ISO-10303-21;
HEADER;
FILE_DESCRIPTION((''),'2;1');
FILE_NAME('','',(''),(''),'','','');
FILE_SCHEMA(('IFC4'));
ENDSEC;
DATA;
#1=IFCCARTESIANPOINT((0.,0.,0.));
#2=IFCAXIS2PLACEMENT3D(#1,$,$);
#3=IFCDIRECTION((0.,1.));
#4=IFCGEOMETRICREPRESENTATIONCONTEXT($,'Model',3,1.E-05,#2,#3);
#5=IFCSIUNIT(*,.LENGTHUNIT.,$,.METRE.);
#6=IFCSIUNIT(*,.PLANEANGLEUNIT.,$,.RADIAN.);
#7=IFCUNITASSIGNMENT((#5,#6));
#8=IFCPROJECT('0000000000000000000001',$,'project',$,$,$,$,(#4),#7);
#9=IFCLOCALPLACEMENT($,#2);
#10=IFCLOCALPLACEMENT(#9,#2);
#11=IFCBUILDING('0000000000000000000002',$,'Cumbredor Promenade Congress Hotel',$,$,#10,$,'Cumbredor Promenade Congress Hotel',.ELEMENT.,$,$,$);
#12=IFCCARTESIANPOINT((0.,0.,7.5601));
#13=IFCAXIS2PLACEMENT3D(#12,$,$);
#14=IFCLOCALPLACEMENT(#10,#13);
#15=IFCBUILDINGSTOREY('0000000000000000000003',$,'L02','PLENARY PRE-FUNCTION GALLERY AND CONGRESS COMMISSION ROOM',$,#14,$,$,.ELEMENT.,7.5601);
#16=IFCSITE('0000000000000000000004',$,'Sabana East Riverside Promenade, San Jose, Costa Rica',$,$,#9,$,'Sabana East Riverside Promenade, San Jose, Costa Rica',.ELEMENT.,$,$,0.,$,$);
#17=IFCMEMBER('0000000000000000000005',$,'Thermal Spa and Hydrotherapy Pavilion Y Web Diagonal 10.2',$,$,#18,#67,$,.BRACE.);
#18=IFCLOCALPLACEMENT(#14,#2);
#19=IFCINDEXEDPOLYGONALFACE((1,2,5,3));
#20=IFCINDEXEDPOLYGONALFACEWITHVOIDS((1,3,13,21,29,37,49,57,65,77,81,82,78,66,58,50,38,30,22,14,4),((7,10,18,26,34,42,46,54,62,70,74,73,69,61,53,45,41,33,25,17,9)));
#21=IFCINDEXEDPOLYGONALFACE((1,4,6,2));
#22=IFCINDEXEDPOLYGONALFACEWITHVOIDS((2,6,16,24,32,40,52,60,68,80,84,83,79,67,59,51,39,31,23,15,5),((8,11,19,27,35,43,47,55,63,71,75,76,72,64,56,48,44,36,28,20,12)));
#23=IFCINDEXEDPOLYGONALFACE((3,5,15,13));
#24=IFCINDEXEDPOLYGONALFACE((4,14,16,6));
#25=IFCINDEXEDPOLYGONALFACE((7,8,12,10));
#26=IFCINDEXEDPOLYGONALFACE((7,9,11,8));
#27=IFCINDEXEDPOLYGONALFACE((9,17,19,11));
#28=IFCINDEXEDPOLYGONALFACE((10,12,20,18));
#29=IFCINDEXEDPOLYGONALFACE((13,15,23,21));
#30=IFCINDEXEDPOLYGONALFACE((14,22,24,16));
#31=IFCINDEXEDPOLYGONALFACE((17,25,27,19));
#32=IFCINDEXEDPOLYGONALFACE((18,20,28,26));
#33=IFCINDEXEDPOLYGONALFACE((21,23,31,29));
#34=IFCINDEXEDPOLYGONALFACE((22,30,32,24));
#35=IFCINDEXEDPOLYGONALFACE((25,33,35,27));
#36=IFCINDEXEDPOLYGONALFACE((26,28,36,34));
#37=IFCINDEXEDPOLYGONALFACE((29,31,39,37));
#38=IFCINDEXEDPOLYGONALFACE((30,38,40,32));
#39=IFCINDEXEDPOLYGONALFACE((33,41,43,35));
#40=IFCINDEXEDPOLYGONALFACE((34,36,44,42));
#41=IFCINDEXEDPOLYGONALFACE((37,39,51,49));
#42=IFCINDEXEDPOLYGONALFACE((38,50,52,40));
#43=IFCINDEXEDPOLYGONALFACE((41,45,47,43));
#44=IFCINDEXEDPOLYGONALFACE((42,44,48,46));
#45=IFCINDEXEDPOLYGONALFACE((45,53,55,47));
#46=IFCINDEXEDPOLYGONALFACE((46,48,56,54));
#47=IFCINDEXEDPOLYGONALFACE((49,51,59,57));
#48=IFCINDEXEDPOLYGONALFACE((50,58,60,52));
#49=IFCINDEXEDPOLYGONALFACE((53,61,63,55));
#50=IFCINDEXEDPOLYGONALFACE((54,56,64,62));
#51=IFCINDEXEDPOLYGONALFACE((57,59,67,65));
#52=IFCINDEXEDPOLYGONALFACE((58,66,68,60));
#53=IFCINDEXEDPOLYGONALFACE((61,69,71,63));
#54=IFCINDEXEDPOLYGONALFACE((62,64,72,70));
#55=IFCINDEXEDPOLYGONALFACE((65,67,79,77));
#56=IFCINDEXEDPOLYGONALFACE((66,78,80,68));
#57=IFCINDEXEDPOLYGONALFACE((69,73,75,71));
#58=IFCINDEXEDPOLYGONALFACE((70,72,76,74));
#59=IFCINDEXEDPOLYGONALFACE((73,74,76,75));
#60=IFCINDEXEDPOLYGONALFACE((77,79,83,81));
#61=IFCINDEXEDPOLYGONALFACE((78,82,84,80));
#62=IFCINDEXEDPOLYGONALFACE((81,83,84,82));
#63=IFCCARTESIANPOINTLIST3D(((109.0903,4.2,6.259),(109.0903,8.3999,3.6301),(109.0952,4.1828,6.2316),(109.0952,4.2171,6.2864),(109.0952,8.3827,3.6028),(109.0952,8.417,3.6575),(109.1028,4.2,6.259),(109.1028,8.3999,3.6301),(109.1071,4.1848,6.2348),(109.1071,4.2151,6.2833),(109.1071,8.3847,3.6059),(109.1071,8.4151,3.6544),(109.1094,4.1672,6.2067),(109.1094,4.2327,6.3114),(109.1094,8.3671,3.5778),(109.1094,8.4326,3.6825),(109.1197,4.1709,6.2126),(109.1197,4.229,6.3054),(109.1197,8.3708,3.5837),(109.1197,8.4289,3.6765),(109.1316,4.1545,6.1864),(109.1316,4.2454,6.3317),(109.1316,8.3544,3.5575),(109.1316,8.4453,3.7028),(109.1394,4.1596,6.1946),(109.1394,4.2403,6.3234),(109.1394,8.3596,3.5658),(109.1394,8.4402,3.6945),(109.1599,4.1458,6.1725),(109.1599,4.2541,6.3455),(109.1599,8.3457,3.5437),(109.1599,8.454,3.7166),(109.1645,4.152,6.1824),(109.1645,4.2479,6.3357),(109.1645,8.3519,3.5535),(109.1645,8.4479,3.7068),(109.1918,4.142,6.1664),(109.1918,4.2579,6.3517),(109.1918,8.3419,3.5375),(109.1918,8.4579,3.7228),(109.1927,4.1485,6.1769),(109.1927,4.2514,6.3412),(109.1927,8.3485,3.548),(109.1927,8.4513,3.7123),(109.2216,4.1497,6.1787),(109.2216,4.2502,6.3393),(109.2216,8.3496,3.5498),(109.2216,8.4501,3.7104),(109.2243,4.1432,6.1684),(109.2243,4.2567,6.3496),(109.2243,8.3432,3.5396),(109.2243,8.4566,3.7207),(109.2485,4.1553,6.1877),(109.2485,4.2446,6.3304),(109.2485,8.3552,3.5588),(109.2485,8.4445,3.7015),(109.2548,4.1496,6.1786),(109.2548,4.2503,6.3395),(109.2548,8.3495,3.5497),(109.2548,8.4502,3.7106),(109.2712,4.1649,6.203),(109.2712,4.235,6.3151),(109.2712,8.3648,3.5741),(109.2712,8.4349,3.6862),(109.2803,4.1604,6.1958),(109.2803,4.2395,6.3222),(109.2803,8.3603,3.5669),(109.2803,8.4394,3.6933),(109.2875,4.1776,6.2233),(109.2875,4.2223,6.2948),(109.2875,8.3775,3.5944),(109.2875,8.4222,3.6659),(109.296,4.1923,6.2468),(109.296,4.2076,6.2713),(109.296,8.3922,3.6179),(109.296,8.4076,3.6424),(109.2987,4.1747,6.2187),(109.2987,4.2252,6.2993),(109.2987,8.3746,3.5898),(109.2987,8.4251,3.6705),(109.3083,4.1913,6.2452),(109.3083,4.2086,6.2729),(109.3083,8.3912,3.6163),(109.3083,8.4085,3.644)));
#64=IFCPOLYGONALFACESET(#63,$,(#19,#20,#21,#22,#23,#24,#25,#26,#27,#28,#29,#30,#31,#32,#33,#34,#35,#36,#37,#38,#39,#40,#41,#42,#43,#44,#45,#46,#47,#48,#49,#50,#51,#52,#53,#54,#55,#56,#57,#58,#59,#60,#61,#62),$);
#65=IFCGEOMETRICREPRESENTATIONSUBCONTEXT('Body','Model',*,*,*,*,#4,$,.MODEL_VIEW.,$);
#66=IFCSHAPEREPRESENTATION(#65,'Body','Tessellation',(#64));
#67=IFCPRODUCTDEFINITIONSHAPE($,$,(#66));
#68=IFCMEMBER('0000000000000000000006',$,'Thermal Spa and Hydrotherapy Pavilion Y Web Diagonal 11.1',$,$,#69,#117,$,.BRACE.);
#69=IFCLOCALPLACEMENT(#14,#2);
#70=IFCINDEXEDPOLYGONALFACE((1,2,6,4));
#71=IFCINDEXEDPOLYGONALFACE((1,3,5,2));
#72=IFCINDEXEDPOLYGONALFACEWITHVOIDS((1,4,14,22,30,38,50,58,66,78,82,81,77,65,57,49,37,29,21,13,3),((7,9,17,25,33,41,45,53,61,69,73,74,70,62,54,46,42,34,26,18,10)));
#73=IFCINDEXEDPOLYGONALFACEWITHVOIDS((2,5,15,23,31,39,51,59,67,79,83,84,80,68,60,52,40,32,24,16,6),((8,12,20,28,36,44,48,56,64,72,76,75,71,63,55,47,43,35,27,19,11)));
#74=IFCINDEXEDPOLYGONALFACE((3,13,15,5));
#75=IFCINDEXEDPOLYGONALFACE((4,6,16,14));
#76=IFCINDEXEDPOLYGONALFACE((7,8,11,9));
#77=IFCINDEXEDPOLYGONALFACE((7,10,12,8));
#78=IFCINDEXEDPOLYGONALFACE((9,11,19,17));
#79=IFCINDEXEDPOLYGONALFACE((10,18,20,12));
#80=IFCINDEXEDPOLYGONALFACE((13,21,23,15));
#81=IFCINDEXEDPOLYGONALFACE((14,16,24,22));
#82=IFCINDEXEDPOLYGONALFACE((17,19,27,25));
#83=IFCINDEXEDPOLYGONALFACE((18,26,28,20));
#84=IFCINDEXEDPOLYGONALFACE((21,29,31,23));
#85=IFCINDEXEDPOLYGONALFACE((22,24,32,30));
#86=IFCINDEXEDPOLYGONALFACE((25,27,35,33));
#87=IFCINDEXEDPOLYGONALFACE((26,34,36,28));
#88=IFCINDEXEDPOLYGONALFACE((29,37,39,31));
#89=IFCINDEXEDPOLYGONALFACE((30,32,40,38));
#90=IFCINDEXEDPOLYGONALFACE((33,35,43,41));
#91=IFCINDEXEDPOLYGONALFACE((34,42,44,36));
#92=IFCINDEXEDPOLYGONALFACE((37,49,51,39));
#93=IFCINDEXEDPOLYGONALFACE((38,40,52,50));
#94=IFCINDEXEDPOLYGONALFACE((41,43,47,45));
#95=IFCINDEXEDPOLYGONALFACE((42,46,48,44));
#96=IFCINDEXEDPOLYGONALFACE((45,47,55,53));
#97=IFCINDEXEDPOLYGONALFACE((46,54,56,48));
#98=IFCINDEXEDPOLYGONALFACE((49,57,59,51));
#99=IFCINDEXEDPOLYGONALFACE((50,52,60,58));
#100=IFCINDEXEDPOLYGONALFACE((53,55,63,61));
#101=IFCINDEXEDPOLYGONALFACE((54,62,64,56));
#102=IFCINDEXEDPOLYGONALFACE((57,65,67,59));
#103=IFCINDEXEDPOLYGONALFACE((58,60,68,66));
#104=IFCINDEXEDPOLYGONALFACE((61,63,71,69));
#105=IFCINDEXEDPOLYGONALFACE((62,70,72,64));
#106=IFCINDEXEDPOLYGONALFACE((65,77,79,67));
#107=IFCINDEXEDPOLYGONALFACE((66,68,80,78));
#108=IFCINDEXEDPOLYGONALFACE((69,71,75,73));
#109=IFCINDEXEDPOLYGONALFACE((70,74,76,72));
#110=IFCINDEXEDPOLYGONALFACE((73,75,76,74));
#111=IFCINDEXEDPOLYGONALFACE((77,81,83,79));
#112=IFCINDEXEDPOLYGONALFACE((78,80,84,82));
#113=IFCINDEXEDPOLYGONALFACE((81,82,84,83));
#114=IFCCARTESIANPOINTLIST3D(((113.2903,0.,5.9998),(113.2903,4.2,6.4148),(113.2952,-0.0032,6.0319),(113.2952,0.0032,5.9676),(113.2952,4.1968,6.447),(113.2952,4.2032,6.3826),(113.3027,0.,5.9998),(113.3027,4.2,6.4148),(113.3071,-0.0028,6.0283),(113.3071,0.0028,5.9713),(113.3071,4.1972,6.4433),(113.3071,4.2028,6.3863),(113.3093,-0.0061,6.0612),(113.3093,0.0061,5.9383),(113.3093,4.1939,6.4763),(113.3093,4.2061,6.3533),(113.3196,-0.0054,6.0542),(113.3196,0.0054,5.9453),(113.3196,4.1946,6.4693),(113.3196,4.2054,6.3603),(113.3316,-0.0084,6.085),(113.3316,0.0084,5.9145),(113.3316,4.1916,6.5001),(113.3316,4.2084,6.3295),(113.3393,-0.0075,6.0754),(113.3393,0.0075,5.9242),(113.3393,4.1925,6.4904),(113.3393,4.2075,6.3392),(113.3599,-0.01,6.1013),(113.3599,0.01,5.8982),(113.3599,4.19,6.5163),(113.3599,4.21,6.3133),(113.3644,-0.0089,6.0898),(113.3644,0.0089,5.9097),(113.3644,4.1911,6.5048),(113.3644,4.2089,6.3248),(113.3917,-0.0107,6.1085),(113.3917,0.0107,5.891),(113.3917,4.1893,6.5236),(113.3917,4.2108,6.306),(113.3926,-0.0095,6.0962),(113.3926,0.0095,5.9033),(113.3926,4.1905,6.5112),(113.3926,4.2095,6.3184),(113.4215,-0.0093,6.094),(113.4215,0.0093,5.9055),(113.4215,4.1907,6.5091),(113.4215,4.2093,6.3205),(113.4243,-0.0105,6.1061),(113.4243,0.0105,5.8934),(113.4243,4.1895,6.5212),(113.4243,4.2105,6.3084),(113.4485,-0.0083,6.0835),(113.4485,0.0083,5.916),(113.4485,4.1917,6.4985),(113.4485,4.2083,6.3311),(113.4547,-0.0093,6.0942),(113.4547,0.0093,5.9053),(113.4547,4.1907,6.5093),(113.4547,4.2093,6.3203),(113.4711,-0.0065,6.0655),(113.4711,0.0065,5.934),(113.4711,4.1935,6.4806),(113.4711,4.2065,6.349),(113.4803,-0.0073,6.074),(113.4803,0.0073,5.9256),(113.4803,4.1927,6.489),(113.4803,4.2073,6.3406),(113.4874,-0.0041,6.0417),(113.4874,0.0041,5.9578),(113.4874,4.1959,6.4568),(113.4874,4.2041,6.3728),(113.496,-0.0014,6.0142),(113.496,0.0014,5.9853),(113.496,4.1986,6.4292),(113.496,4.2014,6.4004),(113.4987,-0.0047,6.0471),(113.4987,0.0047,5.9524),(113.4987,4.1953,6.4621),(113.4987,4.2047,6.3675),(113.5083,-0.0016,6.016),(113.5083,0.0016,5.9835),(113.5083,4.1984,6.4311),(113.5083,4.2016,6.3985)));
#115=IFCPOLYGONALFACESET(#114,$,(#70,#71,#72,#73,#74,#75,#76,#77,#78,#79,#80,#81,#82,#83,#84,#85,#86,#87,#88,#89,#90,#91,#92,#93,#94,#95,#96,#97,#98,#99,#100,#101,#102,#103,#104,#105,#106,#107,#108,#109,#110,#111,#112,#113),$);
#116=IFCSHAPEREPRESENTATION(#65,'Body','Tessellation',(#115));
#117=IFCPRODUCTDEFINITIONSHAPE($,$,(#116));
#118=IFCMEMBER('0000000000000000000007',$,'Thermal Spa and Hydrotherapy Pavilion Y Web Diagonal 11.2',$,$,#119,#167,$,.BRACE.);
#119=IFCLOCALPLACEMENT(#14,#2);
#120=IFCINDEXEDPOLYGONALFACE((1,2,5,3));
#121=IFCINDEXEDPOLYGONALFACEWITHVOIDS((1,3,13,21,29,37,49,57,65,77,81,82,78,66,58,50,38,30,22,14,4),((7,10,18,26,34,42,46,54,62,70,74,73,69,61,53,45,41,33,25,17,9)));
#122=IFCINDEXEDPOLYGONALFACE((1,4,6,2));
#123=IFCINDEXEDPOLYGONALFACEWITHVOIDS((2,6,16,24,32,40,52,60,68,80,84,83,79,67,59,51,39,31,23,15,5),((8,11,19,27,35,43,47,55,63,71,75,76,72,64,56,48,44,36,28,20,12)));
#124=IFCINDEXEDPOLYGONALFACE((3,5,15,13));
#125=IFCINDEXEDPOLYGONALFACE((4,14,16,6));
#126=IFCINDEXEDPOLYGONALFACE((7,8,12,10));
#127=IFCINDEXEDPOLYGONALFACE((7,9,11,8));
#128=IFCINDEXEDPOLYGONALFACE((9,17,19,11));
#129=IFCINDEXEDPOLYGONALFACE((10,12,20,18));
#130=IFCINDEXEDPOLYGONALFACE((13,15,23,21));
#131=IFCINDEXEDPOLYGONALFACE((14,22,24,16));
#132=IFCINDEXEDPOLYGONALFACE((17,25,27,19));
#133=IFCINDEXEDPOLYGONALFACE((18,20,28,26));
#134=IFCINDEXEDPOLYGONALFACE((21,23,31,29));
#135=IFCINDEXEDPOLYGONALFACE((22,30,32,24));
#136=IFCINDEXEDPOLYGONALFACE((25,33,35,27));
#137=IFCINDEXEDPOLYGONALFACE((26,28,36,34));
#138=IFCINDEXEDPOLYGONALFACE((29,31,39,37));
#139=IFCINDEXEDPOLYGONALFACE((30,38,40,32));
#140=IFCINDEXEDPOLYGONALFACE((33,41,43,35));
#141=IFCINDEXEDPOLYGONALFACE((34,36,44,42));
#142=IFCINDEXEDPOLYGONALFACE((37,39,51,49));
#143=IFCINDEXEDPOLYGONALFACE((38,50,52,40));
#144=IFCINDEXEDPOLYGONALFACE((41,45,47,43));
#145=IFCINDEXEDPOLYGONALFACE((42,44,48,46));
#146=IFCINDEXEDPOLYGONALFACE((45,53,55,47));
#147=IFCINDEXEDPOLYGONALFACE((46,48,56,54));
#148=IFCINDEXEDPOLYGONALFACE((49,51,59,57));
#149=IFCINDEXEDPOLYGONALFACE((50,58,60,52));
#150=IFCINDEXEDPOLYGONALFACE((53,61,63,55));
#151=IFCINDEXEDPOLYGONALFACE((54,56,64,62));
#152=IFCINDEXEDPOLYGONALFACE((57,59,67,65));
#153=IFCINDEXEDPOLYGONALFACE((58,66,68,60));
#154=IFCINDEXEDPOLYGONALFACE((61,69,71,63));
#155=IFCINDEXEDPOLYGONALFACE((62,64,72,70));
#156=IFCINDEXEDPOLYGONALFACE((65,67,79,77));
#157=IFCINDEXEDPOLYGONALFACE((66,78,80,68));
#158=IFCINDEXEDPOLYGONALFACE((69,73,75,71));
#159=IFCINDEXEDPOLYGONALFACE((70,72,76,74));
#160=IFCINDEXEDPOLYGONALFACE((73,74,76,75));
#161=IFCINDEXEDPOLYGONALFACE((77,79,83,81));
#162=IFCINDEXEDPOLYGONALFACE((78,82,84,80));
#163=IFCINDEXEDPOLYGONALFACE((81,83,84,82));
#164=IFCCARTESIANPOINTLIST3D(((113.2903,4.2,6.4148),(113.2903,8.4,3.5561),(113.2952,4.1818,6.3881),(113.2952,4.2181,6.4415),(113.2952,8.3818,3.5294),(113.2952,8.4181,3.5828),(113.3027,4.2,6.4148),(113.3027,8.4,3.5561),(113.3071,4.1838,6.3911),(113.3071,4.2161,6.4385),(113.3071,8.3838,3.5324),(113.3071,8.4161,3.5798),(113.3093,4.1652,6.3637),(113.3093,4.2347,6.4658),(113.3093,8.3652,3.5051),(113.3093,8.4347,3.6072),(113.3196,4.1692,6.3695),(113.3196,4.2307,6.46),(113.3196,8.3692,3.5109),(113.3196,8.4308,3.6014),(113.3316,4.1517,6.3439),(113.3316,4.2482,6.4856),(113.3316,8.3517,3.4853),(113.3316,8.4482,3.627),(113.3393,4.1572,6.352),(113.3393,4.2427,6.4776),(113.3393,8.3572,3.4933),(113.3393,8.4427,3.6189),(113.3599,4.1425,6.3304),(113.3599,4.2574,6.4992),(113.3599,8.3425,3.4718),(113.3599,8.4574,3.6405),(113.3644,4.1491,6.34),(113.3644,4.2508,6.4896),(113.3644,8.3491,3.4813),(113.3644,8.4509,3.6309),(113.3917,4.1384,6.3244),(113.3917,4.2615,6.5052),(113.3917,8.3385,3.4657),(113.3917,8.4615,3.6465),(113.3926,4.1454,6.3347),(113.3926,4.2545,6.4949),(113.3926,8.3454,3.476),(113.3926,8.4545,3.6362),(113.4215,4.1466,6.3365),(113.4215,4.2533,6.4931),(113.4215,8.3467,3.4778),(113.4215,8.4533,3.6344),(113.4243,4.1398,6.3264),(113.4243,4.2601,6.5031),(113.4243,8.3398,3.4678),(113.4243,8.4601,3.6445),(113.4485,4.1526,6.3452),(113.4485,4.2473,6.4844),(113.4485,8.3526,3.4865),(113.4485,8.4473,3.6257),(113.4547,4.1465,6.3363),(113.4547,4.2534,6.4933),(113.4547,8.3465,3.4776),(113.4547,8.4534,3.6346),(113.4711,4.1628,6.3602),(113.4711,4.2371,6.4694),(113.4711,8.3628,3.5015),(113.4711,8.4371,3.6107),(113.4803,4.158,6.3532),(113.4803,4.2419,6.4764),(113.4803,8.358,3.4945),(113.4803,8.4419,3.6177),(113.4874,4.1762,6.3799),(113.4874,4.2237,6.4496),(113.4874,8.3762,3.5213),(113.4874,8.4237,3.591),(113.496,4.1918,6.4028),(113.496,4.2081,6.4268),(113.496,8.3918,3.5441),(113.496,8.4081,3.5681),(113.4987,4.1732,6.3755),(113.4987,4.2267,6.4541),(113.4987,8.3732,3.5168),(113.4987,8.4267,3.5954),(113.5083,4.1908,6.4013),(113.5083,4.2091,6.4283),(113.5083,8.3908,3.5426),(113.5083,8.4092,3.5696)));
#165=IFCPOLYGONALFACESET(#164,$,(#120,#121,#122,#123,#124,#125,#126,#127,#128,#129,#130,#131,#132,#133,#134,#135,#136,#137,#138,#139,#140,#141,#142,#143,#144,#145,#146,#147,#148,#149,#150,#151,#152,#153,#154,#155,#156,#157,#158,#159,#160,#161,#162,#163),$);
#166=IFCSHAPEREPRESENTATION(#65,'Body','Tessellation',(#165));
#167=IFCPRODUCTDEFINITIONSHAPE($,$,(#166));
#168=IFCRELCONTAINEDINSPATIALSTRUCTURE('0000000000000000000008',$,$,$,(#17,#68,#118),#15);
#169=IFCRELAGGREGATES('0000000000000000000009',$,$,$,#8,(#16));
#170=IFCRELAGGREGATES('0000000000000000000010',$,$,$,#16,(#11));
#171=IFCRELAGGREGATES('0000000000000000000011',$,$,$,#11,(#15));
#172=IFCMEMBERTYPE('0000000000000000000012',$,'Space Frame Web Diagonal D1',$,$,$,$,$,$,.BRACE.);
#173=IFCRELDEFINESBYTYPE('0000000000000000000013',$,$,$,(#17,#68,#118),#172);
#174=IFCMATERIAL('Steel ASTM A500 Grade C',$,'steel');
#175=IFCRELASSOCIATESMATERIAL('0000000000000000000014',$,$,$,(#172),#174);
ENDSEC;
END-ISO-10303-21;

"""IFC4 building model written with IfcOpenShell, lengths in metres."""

from ifc_helpers import new_model, si_unit, direction, frame, origin, origin_2d, place, context, subcontext, project, spatial, hollow_circle, extrude, material, material_profile, profile_set, type_object, element, save


model = new_model("IFC4")

# Units and contexts
model_context = context("Model", 3, precision=1e-05, world=origin(), true_north=direction((0.0, 1.0)))
body_context = subcontext(model_context, "Body", "Model", "MODEL_VIEW")
ifc_project = project(units=[si_unit("LENGTHUNIT", "METRE"), si_unit("PLANEANGLEUNIT", "RADIAN")], contexts=[model_context])

# Site, building, storey
site_placement = place(None, origin())
site = spatial("IfcSite", under=ifc_project, at=site_placement, Name="Sabana East Riverside Promenade, San Jose, Costa Rica", LongName="Sabana East Riverside Promenade, San Jose, Costa Rica", CompositionType="ELEMENT", RefElevation=0.0)
building_placement = place(site_placement, origin())
building = spatial("IfcBuilding", under=site, at=building_placement, Name="Cumbredor Promenade Congress Hotel", LongName="Cumbredor Promenade Congress Hotel", CompositionType="ELEMENT")
storey_placement = place(building_placement, frame((0.0, 0.0, 7.5601)))
storey = spatial("IfcBuildingStorey", under=building, at=storey_placement, Name="L02", Description="PLENARY PRE-FUNCTION GALLERY AND CONGRESS COMMISSION ROOM", CompositionType="ELEMENT", Elevation=7.5601)

# Members
ifc_material_1 = material(Name="Steel ASTM A500 Grade C", Category="steel")
ifc_material_profile_1 = material_profile(ifc_material_1, hollow_circle(Radius=0.1096, WallThickness=0.0125, at=origin_2d()), Name="CHS 219.1x12.5")
ifc_profile_set_1 = profile_set([ifc_material_profile_1], Name="Steel ASTM A500 Grade C")
member_type_1 = type_object("IfcMemberType", Name="Space Frame Web Diagonal D1", PredefinedType="BRACE", material=ifc_profile_set_1)
member_1_placement = place(storey_placement, frame((109.2, 4.2, 6.259), z_axis=(0.0, 0.847641, -0.53057), x_axis=(-1.0, 0.0, 0.0)))
element("IfcMember", 1, at=member_1_placement, inside=storey, type_object=member_type_1, Name="Thermal Spa and Hydrotherapy Pavilion Y Web Diagonal 10.2", PredefinedType="BRACE", context=body_context, shape_type="SweptSolid", body=[
    extrude(hollow_circle(Radius=0.1096, WallThickness=0.0125, at=origin_2d()), origin(), (0.0, 0.0, 1.0), 4.9548),
])
member_2_placement = place(storey_placement, frame((113.3999, 0.0, 5.9998), z_axis=(0.0, 0.995153, 0.098341), x_axis=(-1.0, 0.0, 0.0)))
element("IfcMember", 2, at=member_2_placement, inside=storey, type_object=member_type_1, Name="Thermal Spa and Hydrotherapy Pavilion Y Web Diagonal 11.1", PredefinedType="BRACE", context=body_context, shape_type="SweptSolid", body=[
    extrude(hollow_circle(Radius=0.1096, WallThickness=0.0125, at=origin_2d()), origin(), (0.0, 0.0, 1.0), 4.2205),
])
member_3_placement = place(storey_placement, frame((113.3999, 4.2, 6.4148), z_axis=(0.0, 0.826682, -0.56267), x_axis=(-1.0, 0.0, 0.0)))
element("IfcMember", 3, at=member_3_placement, inside=storey, type_object=member_type_1, Name="Thermal Spa and Hydrotherapy Pavilion Y Web Diagonal 11.2", PredefinedType="BRACE", context=body_context, shape_type="SweptSolid", body=[
    extrude(hollow_circle(Radius=0.1096, WallThickness=0.0125, at=origin_2d()), origin(), (0.0, 0.0, 1.0), 5.0806),
])

save(model, "model.ifc")
